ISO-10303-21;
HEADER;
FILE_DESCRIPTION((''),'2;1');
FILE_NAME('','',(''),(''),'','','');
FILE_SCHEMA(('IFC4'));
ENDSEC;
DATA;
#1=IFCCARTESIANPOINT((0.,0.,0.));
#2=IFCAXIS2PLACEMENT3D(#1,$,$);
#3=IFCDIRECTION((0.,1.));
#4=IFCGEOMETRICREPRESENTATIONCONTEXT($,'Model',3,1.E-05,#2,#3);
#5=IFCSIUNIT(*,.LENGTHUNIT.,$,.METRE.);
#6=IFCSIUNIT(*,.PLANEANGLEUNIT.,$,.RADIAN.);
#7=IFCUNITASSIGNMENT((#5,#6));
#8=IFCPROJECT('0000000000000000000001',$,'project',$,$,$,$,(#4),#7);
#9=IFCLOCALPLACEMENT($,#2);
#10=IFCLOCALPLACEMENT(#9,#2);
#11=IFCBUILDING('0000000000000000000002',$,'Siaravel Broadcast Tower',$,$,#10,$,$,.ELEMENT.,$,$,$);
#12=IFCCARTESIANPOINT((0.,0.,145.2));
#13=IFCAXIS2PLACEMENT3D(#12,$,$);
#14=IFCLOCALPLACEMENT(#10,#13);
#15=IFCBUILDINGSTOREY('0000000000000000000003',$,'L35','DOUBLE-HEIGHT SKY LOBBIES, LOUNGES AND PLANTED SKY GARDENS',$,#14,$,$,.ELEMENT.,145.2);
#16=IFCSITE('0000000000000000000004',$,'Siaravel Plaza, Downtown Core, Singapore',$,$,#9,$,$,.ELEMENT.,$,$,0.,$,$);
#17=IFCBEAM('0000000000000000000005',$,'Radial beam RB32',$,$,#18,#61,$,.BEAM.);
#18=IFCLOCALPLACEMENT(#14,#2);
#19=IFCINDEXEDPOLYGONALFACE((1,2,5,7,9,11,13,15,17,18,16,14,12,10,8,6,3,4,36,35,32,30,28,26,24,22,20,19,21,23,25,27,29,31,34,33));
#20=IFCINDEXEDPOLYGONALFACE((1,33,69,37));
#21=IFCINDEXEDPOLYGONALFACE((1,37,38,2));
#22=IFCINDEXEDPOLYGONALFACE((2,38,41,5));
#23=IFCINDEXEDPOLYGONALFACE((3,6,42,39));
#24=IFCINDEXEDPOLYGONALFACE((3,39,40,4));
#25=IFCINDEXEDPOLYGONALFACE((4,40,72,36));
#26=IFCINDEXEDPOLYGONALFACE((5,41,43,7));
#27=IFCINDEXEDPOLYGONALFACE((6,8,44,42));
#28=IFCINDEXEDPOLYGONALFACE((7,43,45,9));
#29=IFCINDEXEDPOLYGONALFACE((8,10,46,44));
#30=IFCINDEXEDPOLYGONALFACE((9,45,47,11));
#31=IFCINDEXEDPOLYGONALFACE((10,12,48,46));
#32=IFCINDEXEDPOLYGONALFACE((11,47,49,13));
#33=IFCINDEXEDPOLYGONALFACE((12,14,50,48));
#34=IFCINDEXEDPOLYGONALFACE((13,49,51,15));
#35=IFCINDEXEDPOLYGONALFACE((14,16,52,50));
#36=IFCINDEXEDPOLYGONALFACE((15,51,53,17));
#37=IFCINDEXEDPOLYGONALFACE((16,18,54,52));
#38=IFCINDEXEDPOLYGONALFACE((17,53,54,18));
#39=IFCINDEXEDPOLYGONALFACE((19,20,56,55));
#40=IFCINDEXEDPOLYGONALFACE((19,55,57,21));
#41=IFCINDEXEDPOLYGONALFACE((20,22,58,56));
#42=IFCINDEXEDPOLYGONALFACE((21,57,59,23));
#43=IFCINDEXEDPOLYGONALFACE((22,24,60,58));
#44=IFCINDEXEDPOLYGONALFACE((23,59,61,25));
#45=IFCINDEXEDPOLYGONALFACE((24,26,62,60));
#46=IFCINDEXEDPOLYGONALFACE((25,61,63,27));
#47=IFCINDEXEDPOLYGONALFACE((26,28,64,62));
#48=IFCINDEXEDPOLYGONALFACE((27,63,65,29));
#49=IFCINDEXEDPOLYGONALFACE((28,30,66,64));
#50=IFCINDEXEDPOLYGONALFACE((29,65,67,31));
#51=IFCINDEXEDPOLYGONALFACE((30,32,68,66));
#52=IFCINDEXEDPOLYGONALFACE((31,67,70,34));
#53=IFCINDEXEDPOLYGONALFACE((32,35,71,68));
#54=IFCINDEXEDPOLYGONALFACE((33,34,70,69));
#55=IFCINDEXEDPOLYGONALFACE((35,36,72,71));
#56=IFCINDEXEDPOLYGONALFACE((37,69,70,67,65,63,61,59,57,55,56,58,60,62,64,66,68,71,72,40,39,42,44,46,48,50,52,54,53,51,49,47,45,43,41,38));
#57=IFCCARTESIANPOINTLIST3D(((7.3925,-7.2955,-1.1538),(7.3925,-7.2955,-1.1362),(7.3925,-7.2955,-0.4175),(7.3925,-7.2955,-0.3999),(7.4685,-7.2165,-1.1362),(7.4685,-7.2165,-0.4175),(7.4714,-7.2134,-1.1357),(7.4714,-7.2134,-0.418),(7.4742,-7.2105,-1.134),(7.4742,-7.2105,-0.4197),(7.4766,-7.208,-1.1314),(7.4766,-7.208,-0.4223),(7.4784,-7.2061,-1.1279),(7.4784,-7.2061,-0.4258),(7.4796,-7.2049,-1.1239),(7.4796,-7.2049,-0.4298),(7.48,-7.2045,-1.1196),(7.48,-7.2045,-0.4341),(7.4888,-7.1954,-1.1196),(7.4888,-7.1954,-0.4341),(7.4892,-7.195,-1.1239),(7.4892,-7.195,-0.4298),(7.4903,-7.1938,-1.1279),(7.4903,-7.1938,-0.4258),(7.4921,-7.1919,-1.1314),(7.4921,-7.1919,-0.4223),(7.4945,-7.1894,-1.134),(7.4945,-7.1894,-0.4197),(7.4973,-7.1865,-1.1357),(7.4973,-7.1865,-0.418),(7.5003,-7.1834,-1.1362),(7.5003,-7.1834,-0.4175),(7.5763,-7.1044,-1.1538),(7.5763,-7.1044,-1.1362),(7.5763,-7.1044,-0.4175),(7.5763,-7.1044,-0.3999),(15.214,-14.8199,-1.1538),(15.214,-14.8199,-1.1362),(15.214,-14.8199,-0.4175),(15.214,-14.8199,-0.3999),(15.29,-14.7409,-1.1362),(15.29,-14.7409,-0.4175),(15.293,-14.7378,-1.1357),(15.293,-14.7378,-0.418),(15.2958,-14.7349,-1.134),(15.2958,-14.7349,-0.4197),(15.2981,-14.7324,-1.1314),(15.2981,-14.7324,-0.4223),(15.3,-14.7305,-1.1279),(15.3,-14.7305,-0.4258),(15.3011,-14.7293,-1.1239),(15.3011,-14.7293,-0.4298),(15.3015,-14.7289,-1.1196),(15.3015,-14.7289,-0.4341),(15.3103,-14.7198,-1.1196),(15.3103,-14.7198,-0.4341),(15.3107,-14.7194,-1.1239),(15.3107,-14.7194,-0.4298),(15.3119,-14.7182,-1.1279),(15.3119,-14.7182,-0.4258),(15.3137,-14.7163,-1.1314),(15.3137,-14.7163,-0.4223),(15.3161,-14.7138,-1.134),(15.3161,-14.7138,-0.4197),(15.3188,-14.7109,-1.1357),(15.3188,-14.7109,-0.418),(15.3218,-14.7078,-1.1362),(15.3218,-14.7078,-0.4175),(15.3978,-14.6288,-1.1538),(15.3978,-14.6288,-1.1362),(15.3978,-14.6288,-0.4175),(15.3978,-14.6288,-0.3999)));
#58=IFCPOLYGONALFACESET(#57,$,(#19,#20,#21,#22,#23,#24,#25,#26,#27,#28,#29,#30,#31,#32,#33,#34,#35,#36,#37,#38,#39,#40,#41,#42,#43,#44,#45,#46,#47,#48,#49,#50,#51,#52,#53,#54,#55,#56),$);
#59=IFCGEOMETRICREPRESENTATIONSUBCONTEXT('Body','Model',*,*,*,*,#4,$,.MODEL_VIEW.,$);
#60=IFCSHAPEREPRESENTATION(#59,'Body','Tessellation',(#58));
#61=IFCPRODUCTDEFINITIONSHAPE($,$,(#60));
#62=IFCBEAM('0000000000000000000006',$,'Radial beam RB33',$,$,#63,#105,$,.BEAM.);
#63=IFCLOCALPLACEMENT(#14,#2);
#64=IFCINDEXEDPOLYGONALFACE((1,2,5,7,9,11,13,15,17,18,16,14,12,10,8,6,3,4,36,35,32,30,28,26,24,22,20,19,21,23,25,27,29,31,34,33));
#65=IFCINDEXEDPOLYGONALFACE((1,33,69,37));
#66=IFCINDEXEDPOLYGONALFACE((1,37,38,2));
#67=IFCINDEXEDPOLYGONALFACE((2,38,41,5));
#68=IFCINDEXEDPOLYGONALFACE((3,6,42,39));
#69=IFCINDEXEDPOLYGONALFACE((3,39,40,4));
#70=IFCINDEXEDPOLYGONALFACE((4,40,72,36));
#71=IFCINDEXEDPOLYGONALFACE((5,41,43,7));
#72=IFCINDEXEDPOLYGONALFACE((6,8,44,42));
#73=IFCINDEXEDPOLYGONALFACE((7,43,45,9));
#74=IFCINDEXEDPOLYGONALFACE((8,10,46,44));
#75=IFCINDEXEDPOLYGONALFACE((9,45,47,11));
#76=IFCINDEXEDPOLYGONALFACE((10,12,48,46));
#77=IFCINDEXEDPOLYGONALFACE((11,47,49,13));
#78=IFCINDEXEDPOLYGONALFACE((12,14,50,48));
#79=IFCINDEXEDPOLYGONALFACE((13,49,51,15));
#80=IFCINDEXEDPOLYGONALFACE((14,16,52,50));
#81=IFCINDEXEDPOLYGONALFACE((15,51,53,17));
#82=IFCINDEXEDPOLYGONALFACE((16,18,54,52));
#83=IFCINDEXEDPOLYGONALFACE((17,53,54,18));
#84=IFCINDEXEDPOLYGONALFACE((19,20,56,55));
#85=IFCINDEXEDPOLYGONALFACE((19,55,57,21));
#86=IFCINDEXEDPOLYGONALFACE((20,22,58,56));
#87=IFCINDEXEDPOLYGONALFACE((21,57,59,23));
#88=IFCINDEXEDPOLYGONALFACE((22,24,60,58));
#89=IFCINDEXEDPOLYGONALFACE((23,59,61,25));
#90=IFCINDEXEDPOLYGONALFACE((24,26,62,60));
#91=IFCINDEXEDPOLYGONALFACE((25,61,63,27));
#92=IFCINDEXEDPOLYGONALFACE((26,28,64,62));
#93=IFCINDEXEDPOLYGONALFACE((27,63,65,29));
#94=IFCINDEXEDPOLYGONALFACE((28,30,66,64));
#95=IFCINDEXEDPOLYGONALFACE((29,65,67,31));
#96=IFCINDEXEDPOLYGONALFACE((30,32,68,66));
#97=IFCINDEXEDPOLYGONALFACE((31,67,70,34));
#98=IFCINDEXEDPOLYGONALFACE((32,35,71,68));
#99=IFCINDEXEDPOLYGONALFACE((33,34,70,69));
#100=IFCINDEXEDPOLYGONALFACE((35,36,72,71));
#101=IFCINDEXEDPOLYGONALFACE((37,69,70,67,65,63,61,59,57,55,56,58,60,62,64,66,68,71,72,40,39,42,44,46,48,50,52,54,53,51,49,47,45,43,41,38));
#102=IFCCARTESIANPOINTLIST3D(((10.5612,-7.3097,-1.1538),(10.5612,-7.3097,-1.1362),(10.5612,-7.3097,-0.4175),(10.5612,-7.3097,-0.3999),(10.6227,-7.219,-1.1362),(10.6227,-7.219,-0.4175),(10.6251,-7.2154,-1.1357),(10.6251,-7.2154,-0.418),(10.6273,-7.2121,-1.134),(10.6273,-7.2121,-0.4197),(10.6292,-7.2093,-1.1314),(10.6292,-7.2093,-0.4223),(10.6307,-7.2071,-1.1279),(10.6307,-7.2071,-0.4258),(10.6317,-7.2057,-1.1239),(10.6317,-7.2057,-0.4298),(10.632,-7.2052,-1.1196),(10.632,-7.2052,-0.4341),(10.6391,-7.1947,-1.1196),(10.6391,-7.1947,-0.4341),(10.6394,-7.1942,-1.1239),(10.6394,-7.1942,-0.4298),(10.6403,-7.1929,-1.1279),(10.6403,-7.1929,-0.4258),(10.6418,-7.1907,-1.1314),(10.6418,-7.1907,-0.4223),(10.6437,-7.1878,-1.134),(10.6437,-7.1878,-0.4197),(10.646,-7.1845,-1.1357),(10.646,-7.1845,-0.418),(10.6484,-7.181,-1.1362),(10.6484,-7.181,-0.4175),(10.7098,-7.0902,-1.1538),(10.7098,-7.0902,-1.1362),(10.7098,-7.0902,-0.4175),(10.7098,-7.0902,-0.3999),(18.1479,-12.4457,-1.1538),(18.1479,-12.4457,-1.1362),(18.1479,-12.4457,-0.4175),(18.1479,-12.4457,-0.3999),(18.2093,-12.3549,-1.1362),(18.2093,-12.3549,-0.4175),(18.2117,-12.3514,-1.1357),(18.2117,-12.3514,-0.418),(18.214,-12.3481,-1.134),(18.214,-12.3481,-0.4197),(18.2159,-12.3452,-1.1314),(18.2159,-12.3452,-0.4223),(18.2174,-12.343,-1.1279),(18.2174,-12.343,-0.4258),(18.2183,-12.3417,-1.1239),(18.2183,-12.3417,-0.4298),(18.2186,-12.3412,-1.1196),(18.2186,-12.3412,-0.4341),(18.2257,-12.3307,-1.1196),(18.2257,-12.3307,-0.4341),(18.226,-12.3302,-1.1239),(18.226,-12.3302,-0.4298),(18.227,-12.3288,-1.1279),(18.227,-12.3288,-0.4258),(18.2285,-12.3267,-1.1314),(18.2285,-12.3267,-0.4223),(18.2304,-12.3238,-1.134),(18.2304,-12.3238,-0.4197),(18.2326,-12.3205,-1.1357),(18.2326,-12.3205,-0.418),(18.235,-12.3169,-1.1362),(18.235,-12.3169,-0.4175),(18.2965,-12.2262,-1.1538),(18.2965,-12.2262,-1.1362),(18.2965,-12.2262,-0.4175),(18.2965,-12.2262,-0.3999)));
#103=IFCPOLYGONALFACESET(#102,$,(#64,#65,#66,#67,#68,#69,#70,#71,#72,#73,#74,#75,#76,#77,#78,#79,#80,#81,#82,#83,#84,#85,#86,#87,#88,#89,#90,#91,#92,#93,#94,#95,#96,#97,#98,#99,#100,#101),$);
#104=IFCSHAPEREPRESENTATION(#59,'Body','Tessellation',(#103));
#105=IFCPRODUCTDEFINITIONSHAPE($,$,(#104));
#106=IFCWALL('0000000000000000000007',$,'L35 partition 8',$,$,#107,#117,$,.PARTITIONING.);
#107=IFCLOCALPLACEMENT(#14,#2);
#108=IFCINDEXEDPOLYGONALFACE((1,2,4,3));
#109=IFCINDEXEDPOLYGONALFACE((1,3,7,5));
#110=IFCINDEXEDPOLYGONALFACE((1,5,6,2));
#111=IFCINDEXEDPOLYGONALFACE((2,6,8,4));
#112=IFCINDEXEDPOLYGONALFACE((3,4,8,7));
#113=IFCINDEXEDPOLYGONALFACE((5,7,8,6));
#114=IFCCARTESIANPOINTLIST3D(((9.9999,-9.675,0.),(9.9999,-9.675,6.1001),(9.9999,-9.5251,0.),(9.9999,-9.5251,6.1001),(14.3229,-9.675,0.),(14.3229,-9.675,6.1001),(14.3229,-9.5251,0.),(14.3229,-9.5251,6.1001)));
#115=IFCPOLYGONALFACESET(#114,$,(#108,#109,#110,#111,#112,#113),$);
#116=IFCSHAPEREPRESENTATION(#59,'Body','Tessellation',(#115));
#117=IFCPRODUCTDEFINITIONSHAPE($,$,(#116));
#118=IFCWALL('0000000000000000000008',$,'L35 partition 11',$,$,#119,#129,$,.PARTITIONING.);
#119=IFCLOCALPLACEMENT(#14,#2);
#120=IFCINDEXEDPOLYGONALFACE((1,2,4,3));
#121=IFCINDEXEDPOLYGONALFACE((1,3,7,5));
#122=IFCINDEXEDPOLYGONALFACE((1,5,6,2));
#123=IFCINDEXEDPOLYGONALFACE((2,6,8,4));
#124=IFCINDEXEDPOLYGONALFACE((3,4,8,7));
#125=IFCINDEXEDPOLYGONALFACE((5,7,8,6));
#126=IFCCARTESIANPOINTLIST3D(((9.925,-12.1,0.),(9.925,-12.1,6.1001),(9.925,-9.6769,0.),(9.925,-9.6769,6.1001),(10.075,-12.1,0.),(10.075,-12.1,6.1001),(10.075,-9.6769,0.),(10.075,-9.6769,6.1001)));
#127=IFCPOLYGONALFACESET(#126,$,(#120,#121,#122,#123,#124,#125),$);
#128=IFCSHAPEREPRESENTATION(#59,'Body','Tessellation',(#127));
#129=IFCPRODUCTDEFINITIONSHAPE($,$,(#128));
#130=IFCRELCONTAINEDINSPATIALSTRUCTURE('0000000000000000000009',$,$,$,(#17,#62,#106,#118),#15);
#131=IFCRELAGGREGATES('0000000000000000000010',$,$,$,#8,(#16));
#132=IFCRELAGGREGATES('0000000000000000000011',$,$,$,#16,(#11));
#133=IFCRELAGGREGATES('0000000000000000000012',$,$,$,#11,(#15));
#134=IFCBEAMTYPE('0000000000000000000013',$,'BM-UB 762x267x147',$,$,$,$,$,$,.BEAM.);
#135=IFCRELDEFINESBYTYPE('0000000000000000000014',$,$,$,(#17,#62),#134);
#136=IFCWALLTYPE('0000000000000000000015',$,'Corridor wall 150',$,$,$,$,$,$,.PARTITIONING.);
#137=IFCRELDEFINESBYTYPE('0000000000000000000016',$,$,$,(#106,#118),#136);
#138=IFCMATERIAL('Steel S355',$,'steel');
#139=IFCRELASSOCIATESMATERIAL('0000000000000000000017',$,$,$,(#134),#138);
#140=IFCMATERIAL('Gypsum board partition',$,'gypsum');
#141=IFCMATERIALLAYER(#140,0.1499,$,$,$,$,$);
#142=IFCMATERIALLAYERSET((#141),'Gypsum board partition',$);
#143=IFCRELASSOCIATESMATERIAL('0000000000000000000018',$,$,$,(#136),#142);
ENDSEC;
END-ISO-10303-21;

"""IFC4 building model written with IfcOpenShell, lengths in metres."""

from ifc_helpers import new_model, si_unit, direction, frame, frame_2d, origin, origin_2d, place, context, subcontext, project, spatial, rectangle, i_section, extrude, material, layer, layer_set, material_profile, profile_set, type_object, element, save


model = new_model("IFC4")

# Units and contexts
model_context = context("Model", 3, precision=1e-05, world=origin(), true_north=direction((0.0, 1.0)))
body_context = subcontext(model_context, "Body", "Model", "MODEL_VIEW")
ifc_project = project(units=[si_unit("LENGTHUNIT", "METRE"), si_unit("PLANEANGLEUNIT", "RADIAN")], contexts=[model_context])

# Site, building, storey
site_placement = place(None, origin())
site = spatial("IfcSite", under=ifc_project, at=site_placement, Name="Siaravel Plaza, Downtown Core, Singapore", CompositionType="ELEMENT", RefElevation=0.0)
building_placement = place(site_placement, origin())
building = spatial("IfcBuilding", under=site, at=building_placement, Name="Siaravel Broadcast Tower", CompositionType="ELEMENT")
storey_placement = place(building_placement, frame((0.0, 0.0, 145.2)))
storey = spatial("IfcBuildingStorey", under=building, at=storey_placement, Name="L35", Description="DOUBLE-HEIGHT SKY LOBBIES, LOUNGES AND PLANTED SKY GARDENS", CompositionType="ELEMENT", Elevation=145.2)

# Beams
ifc_material_1 = material(Name="Steel S355", Category="steel")
ifc_material_profile_1 = material_profile(ifc_material_1, i_section(OverallWidth=0.2651, OverallDepth=0.7539, WebThickness=0.0127, FlangeThickness=0.0176, FilletRadius=0.0166, at=origin_2d()))
ifc_profile_set_1 = profile_set([ifc_material_profile_1], Name="Steel S355")
beam_type = type_object("IfcBeamType", Name="BM-UB 762x267x147", PredefinedType="BEAM", material=ifc_profile_set_1)
beam_1_placement = place(storey_placement, frame((15.3059, -14.7244, -0.7769), z_axis=(-0.720662, 0.693286, 0.0), x_axis=(-0.693286, -0.720662, 0.0)))
element("IfcBeam", 1, at=beam_1_placement, inside=storey, type_object=beam_type, Name="Radial beam RB32", PredefinedType="BEAM", context=body_context, shape_type="SweptSolid", body=[
    extrude(i_section(OverallWidth=0.2651, OverallDepth=0.7539, WebThickness=0.0127, FlangeThickness=0.0176, FilletRadius=0.0166, at=origin_2d()), origin(), (0.0, 0.0, 1.0), 10.8533),
])
beam_2_placement = place(storey_placement, frame((18.2222, -12.3359, -0.7769), z_axis=(-0.828089, 0.560596, 0.0), x_axis=(-0.560596, -0.828089, 0.0)))
element("IfcBeam", 2, at=beam_2_placement, inside=storey, type_object=beam_type, Name="Radial beam RB33", PredefinedType="BEAM", context=body_context, shape_type="SweptSolid", body=[
    extrude(i_section(OverallWidth=0.2651, OverallDepth=0.7539, WebThickness=0.0127, FlangeThickness=0.0176, FilletRadius=0.0166, at=origin_2d()), origin(), (0.0, 0.0, 1.0), 9.1616),
])

# Walls
ifc_material_2 = material(Name="Gypsum board partition", Category="gypsum")
ifc_layer_1 = layer(ifc_material_2, 0.1499)
ifc_layer_set_1 = layer_set([ifc_layer_1], Name="Gypsum board partition")
wall_type_1 = type_object("IfcWallType", Name="Corridor wall 150", PredefinedType="PARTITIONING", material=ifc_layer_set_1)
wall_1_placement = place(storey_placement, frame((14.323, -9.6001, 0.0), z_axis=(0.0, 0.0, 1.0), x_axis=(-1.0, 0.0, 0.0)))
element("IfcWall", 3, at=wall_1_placement, inside=storey, type_object=wall_type_1, Name="L35 partition 8", PredefinedType="PARTITIONING", context=body_context, shape_type="SweptSolid", body=[
    extrude(rectangle(XDim=4.323, YDim=0.1499, at=frame_2d((2.1616, 0.0))), origin(), (0.0, 0.0, 1.0), 6.1001),
])
wall_2_placement = place(storey_placement, frame((10.0, -9.677, 0.0), z_axis=(0.0, 0.0, 1.0), x_axis=(0.0, -1.0, 0.0)))
element("IfcWall", 4, at=wall_2_placement, inside=storey, type_object=wall_type_1, Name="L35 partition 11", PredefinedType="PARTITIONING", context=body_context, shape_type="SweptSolid", body=[
    extrude(rectangle(XDim=2.4231, YDim=0.1499, at=frame_2d((1.2114, 0.0))), origin(), (0.0, 0.0, 1.0), 6.1001),
])

save(model, "model.ifc")
